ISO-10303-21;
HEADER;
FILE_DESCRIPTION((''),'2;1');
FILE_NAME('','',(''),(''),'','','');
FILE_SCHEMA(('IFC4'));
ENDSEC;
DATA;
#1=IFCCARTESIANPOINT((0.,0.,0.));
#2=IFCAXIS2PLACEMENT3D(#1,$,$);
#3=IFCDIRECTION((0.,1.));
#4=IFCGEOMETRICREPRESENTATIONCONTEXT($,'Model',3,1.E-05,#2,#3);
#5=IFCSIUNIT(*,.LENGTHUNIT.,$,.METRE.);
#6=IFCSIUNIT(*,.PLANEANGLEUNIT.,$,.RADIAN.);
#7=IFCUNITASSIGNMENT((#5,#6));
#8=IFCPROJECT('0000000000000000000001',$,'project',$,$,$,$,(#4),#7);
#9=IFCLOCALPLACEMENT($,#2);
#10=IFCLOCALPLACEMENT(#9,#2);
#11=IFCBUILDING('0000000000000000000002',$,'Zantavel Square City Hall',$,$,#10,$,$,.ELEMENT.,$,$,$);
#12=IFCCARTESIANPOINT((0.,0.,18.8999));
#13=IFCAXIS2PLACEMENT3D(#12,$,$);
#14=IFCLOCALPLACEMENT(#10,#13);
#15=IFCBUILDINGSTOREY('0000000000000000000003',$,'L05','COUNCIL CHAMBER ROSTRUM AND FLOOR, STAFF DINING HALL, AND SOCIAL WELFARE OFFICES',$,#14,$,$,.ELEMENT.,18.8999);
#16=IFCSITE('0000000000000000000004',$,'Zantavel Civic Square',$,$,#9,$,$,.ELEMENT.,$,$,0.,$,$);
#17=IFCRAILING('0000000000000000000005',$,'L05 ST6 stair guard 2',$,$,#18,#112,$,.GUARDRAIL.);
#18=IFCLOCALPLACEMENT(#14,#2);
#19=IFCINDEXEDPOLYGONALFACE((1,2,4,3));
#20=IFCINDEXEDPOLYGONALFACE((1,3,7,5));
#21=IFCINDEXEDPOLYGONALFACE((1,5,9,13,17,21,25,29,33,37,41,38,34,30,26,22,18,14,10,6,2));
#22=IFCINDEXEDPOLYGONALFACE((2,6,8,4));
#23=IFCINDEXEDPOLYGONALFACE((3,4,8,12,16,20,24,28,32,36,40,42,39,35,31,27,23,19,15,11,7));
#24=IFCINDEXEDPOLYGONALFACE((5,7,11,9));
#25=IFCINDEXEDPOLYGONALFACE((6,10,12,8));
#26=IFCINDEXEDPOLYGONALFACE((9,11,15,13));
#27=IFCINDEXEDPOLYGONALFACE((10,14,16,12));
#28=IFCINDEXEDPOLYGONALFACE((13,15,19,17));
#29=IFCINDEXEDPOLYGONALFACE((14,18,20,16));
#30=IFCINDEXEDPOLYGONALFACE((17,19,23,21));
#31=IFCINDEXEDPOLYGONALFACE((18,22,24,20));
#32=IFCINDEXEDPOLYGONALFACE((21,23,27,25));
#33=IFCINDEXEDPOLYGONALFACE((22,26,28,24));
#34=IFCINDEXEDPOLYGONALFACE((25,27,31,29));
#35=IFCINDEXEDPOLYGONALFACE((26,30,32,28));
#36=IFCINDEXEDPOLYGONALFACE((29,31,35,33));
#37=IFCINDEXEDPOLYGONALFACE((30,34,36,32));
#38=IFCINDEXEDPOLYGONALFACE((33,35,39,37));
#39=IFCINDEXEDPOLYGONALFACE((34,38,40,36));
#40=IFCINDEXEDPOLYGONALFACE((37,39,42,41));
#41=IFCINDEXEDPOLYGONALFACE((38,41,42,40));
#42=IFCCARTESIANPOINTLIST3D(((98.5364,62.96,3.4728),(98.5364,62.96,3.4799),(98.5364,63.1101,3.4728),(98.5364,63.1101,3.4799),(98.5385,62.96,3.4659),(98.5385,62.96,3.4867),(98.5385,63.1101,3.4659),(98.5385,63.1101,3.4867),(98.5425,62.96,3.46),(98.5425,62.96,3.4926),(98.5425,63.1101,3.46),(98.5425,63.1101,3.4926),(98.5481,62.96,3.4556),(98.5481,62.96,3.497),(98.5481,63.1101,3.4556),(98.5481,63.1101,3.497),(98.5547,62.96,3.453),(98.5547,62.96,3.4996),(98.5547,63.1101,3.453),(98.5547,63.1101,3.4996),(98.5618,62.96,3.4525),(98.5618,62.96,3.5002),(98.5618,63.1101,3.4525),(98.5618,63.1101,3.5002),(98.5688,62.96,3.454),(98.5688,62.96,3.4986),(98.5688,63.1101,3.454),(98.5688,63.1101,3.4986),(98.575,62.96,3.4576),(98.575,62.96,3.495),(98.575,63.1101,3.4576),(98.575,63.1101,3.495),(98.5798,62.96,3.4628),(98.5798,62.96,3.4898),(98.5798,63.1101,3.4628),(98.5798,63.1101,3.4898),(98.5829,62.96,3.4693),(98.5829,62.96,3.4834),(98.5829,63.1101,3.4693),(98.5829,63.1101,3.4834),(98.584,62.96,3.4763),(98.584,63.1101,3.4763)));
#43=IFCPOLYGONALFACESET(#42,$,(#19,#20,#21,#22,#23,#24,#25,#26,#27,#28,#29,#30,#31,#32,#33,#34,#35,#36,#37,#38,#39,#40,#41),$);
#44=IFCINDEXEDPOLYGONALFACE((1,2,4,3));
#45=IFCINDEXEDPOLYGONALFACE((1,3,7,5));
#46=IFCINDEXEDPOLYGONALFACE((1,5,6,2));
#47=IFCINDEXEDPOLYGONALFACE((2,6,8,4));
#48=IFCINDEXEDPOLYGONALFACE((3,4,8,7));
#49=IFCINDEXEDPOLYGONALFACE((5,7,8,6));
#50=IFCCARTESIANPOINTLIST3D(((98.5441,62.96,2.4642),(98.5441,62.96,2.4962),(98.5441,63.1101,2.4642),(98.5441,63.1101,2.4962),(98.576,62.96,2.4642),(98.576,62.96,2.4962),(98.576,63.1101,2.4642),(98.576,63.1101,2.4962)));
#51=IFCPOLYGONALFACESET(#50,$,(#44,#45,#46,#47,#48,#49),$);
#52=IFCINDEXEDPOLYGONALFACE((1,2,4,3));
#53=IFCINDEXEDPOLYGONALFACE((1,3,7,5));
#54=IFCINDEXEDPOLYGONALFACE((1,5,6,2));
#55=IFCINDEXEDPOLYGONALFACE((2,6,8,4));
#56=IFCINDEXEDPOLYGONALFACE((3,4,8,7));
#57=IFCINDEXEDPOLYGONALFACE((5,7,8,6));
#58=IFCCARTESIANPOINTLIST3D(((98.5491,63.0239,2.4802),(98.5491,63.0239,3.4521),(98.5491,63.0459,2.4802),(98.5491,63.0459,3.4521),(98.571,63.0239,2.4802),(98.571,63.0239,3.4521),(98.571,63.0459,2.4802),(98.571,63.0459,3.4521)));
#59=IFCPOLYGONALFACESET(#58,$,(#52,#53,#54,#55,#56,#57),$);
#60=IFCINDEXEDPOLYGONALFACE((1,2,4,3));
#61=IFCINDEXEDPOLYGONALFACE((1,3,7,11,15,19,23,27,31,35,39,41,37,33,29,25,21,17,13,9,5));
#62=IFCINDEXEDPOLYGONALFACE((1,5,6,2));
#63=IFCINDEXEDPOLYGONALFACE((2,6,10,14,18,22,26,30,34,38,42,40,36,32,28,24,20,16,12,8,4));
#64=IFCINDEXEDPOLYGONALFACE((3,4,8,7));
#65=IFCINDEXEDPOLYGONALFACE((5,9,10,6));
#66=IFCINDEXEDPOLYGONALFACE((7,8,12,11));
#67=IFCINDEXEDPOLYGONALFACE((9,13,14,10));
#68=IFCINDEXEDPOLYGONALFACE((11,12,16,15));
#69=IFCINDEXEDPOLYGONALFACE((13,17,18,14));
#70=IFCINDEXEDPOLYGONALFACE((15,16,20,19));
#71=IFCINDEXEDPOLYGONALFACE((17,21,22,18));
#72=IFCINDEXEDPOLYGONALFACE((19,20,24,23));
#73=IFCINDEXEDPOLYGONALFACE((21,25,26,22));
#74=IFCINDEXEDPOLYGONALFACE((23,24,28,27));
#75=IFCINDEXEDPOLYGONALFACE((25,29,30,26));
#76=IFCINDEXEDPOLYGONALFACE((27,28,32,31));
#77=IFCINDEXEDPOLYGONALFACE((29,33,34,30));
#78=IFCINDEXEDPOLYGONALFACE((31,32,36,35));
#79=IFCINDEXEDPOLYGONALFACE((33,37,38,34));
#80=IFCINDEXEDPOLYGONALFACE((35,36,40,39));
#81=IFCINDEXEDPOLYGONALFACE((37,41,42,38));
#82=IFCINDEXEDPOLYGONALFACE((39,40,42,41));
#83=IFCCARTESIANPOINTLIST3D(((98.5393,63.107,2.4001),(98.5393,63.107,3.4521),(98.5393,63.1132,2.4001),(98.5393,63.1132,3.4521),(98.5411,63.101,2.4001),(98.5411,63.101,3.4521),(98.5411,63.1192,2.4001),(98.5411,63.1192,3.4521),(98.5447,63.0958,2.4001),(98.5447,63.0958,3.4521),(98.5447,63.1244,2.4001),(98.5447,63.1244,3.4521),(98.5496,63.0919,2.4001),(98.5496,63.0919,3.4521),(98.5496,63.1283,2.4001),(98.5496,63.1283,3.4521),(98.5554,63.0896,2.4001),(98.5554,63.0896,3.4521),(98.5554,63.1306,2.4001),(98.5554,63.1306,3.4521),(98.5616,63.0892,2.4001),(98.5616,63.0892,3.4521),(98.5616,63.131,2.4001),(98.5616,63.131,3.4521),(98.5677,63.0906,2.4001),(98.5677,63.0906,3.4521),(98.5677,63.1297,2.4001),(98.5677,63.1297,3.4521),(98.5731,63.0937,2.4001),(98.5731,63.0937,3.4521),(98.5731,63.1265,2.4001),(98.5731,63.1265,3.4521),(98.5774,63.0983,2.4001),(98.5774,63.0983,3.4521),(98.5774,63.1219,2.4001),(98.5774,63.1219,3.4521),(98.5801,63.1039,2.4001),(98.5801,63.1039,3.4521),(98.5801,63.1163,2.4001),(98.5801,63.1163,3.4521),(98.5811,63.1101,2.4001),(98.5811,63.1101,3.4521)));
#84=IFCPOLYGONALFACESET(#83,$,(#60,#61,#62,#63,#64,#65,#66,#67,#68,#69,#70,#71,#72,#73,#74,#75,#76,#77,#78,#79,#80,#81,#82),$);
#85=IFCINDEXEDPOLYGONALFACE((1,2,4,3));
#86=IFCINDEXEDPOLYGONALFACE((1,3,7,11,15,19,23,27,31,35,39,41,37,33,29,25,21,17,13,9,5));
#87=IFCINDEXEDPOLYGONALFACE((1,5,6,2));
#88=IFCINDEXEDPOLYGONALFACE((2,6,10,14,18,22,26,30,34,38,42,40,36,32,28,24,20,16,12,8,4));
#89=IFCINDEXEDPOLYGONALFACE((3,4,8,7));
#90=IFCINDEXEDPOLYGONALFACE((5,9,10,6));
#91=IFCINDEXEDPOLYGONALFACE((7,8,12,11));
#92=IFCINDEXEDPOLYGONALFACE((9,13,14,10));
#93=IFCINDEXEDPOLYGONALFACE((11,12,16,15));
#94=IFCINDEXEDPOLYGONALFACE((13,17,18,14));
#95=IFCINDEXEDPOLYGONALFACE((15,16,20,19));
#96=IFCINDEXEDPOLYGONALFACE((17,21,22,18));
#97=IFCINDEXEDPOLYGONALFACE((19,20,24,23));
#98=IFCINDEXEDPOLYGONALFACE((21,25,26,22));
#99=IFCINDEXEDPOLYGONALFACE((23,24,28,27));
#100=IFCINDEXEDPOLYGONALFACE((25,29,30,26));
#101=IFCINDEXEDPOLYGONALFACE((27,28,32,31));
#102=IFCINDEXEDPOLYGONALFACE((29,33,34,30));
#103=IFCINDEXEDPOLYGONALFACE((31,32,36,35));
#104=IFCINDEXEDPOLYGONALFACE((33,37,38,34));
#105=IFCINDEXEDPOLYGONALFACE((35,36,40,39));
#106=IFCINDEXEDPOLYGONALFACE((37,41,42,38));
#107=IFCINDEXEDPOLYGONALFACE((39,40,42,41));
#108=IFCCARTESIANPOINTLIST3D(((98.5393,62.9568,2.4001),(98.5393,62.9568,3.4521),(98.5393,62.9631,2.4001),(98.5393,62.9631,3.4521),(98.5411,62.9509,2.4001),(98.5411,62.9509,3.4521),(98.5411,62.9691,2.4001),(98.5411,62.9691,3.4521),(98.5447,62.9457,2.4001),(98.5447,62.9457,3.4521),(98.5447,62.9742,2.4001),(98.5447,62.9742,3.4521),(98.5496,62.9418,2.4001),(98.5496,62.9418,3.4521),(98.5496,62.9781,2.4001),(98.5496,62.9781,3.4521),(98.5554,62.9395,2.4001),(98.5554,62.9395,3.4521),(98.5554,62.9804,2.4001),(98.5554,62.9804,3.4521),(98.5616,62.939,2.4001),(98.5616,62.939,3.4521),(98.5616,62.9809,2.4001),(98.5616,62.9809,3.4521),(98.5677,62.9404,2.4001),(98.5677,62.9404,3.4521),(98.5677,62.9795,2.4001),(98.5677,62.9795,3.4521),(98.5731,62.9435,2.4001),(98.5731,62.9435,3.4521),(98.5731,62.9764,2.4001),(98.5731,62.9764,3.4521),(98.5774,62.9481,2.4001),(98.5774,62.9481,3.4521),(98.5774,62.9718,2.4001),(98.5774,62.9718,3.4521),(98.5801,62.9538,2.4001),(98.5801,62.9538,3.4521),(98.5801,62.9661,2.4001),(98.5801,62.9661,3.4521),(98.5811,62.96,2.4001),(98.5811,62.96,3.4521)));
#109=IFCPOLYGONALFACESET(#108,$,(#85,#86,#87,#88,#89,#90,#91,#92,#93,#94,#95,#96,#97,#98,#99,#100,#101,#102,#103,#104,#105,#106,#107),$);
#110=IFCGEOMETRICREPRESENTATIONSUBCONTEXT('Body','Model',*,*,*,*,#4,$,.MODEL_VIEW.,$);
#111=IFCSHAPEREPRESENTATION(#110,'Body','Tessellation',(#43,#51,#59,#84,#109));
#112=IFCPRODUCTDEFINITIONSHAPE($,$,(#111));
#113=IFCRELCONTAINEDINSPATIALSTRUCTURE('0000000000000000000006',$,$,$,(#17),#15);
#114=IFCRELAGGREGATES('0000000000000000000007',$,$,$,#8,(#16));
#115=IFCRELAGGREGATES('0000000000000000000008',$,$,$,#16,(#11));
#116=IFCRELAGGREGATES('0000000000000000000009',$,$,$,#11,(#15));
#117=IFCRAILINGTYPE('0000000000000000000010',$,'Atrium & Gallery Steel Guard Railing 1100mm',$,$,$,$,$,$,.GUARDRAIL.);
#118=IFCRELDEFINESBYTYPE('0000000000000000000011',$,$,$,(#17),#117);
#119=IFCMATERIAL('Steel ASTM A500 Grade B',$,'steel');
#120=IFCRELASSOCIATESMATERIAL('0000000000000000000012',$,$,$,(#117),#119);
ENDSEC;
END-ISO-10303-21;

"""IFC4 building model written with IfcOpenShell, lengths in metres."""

from ifc_helpers import new_model, si_unit, direction, frame, origin, origin_2d, place, context, subcontext, project, spatial, rectangle, circle, extrude, material, type_object, element, save


model = new_model("IFC4")

# Units and contexts
model_context = context("Model", 3, precision=1e-05, world=origin(), true_north=direction((0.0, 1.0)))
body_context = subcontext(model_context, "Body", "Model", "MODEL_VIEW")
ifc_project = project(units=[si_unit("LENGTHUNIT", "METRE"), si_unit("PLANEANGLEUNIT", "RADIAN")], contexts=[model_context])

# Site, building, storey
site_placement = place(None, origin())
site = spatial("IfcSite", under=ifc_project, at=site_placement, Name="Zantavel Civic Square", CompositionType="ELEMENT", RefElevation=0.0)
building_placement = place(site_placement, origin())
building = spatial("IfcBuilding", under=site, at=building_placement, Name="Zantavel Square City Hall", CompositionType="ELEMENT")
storey_placement = place(building_placement, frame((0.0, 0.0, 18.8999)))
storey = spatial("IfcBuildingStorey", under=building, at=storey_placement, Name="L05", Description="COUNCIL CHAMBER ROSTRUM AND FLOOR, STAFF DINING HALL, AND SOCIAL WELFARE OFFICES", CompositionType="ELEMENT", Elevation=18.8999)

# Railing
ifc_material_1 = material(Name="Steel ASTM A500 Grade B", Category="steel")
railing_type_1 = type_object("IfcRailingType", Name="Atrium & Gallery Steel Guard Railing 1100mm", PredefinedType="GUARDRAIL", material=ifc_material_1)
railing_1_placement = place(storey_placement, frame((98.5601, 63.1101, 2.4001)))
element("IfcRailing", 1, at=railing_1_placement, inside=storey, type_object=railing_type_1, Name="L05 ST6 stair guard 2", PredefinedType="GUARDRAIL", context=body_context, shape_type="SweptSolid", body=[
    extrude(circle(Radius=0.0239, at=origin_2d()), frame((0.0, 0.0, 1.0762), z_axis=(0.0, -1.0, 0.0), x_axis=(1.0, 0.0, 0.0)), (0.0, 0.0, 1.0), 0.1501),
    extrude(rectangle(XDim=0.032, YDim=0.032, at=origin_2d()), frame((0.0, 0.0, 0.0801), z_axis=(0.0, -1.0, 0.0), x_axis=(1.0, 0.0, 0.0)), (0.0, 0.0, 1.0), 0.1501),
    extrude(rectangle(XDim=0.022, YDim=0.022, at=origin_2d()), frame((0.0, -0.0752, 0.0801)), (0.0, 0.0, 1.0), 0.9719),
    extrude(circle(Radius=0.021, at=origin_2d()), origin(), (0.0, 0.0, 1.0), 1.052),
    extrude(circle(Radius=0.021, at=origin_2d()), frame((0.0, -0.1501, 0.0)), (0.0, 0.0, 1.0), 1.052),
])

save(model, "model.ifc")
